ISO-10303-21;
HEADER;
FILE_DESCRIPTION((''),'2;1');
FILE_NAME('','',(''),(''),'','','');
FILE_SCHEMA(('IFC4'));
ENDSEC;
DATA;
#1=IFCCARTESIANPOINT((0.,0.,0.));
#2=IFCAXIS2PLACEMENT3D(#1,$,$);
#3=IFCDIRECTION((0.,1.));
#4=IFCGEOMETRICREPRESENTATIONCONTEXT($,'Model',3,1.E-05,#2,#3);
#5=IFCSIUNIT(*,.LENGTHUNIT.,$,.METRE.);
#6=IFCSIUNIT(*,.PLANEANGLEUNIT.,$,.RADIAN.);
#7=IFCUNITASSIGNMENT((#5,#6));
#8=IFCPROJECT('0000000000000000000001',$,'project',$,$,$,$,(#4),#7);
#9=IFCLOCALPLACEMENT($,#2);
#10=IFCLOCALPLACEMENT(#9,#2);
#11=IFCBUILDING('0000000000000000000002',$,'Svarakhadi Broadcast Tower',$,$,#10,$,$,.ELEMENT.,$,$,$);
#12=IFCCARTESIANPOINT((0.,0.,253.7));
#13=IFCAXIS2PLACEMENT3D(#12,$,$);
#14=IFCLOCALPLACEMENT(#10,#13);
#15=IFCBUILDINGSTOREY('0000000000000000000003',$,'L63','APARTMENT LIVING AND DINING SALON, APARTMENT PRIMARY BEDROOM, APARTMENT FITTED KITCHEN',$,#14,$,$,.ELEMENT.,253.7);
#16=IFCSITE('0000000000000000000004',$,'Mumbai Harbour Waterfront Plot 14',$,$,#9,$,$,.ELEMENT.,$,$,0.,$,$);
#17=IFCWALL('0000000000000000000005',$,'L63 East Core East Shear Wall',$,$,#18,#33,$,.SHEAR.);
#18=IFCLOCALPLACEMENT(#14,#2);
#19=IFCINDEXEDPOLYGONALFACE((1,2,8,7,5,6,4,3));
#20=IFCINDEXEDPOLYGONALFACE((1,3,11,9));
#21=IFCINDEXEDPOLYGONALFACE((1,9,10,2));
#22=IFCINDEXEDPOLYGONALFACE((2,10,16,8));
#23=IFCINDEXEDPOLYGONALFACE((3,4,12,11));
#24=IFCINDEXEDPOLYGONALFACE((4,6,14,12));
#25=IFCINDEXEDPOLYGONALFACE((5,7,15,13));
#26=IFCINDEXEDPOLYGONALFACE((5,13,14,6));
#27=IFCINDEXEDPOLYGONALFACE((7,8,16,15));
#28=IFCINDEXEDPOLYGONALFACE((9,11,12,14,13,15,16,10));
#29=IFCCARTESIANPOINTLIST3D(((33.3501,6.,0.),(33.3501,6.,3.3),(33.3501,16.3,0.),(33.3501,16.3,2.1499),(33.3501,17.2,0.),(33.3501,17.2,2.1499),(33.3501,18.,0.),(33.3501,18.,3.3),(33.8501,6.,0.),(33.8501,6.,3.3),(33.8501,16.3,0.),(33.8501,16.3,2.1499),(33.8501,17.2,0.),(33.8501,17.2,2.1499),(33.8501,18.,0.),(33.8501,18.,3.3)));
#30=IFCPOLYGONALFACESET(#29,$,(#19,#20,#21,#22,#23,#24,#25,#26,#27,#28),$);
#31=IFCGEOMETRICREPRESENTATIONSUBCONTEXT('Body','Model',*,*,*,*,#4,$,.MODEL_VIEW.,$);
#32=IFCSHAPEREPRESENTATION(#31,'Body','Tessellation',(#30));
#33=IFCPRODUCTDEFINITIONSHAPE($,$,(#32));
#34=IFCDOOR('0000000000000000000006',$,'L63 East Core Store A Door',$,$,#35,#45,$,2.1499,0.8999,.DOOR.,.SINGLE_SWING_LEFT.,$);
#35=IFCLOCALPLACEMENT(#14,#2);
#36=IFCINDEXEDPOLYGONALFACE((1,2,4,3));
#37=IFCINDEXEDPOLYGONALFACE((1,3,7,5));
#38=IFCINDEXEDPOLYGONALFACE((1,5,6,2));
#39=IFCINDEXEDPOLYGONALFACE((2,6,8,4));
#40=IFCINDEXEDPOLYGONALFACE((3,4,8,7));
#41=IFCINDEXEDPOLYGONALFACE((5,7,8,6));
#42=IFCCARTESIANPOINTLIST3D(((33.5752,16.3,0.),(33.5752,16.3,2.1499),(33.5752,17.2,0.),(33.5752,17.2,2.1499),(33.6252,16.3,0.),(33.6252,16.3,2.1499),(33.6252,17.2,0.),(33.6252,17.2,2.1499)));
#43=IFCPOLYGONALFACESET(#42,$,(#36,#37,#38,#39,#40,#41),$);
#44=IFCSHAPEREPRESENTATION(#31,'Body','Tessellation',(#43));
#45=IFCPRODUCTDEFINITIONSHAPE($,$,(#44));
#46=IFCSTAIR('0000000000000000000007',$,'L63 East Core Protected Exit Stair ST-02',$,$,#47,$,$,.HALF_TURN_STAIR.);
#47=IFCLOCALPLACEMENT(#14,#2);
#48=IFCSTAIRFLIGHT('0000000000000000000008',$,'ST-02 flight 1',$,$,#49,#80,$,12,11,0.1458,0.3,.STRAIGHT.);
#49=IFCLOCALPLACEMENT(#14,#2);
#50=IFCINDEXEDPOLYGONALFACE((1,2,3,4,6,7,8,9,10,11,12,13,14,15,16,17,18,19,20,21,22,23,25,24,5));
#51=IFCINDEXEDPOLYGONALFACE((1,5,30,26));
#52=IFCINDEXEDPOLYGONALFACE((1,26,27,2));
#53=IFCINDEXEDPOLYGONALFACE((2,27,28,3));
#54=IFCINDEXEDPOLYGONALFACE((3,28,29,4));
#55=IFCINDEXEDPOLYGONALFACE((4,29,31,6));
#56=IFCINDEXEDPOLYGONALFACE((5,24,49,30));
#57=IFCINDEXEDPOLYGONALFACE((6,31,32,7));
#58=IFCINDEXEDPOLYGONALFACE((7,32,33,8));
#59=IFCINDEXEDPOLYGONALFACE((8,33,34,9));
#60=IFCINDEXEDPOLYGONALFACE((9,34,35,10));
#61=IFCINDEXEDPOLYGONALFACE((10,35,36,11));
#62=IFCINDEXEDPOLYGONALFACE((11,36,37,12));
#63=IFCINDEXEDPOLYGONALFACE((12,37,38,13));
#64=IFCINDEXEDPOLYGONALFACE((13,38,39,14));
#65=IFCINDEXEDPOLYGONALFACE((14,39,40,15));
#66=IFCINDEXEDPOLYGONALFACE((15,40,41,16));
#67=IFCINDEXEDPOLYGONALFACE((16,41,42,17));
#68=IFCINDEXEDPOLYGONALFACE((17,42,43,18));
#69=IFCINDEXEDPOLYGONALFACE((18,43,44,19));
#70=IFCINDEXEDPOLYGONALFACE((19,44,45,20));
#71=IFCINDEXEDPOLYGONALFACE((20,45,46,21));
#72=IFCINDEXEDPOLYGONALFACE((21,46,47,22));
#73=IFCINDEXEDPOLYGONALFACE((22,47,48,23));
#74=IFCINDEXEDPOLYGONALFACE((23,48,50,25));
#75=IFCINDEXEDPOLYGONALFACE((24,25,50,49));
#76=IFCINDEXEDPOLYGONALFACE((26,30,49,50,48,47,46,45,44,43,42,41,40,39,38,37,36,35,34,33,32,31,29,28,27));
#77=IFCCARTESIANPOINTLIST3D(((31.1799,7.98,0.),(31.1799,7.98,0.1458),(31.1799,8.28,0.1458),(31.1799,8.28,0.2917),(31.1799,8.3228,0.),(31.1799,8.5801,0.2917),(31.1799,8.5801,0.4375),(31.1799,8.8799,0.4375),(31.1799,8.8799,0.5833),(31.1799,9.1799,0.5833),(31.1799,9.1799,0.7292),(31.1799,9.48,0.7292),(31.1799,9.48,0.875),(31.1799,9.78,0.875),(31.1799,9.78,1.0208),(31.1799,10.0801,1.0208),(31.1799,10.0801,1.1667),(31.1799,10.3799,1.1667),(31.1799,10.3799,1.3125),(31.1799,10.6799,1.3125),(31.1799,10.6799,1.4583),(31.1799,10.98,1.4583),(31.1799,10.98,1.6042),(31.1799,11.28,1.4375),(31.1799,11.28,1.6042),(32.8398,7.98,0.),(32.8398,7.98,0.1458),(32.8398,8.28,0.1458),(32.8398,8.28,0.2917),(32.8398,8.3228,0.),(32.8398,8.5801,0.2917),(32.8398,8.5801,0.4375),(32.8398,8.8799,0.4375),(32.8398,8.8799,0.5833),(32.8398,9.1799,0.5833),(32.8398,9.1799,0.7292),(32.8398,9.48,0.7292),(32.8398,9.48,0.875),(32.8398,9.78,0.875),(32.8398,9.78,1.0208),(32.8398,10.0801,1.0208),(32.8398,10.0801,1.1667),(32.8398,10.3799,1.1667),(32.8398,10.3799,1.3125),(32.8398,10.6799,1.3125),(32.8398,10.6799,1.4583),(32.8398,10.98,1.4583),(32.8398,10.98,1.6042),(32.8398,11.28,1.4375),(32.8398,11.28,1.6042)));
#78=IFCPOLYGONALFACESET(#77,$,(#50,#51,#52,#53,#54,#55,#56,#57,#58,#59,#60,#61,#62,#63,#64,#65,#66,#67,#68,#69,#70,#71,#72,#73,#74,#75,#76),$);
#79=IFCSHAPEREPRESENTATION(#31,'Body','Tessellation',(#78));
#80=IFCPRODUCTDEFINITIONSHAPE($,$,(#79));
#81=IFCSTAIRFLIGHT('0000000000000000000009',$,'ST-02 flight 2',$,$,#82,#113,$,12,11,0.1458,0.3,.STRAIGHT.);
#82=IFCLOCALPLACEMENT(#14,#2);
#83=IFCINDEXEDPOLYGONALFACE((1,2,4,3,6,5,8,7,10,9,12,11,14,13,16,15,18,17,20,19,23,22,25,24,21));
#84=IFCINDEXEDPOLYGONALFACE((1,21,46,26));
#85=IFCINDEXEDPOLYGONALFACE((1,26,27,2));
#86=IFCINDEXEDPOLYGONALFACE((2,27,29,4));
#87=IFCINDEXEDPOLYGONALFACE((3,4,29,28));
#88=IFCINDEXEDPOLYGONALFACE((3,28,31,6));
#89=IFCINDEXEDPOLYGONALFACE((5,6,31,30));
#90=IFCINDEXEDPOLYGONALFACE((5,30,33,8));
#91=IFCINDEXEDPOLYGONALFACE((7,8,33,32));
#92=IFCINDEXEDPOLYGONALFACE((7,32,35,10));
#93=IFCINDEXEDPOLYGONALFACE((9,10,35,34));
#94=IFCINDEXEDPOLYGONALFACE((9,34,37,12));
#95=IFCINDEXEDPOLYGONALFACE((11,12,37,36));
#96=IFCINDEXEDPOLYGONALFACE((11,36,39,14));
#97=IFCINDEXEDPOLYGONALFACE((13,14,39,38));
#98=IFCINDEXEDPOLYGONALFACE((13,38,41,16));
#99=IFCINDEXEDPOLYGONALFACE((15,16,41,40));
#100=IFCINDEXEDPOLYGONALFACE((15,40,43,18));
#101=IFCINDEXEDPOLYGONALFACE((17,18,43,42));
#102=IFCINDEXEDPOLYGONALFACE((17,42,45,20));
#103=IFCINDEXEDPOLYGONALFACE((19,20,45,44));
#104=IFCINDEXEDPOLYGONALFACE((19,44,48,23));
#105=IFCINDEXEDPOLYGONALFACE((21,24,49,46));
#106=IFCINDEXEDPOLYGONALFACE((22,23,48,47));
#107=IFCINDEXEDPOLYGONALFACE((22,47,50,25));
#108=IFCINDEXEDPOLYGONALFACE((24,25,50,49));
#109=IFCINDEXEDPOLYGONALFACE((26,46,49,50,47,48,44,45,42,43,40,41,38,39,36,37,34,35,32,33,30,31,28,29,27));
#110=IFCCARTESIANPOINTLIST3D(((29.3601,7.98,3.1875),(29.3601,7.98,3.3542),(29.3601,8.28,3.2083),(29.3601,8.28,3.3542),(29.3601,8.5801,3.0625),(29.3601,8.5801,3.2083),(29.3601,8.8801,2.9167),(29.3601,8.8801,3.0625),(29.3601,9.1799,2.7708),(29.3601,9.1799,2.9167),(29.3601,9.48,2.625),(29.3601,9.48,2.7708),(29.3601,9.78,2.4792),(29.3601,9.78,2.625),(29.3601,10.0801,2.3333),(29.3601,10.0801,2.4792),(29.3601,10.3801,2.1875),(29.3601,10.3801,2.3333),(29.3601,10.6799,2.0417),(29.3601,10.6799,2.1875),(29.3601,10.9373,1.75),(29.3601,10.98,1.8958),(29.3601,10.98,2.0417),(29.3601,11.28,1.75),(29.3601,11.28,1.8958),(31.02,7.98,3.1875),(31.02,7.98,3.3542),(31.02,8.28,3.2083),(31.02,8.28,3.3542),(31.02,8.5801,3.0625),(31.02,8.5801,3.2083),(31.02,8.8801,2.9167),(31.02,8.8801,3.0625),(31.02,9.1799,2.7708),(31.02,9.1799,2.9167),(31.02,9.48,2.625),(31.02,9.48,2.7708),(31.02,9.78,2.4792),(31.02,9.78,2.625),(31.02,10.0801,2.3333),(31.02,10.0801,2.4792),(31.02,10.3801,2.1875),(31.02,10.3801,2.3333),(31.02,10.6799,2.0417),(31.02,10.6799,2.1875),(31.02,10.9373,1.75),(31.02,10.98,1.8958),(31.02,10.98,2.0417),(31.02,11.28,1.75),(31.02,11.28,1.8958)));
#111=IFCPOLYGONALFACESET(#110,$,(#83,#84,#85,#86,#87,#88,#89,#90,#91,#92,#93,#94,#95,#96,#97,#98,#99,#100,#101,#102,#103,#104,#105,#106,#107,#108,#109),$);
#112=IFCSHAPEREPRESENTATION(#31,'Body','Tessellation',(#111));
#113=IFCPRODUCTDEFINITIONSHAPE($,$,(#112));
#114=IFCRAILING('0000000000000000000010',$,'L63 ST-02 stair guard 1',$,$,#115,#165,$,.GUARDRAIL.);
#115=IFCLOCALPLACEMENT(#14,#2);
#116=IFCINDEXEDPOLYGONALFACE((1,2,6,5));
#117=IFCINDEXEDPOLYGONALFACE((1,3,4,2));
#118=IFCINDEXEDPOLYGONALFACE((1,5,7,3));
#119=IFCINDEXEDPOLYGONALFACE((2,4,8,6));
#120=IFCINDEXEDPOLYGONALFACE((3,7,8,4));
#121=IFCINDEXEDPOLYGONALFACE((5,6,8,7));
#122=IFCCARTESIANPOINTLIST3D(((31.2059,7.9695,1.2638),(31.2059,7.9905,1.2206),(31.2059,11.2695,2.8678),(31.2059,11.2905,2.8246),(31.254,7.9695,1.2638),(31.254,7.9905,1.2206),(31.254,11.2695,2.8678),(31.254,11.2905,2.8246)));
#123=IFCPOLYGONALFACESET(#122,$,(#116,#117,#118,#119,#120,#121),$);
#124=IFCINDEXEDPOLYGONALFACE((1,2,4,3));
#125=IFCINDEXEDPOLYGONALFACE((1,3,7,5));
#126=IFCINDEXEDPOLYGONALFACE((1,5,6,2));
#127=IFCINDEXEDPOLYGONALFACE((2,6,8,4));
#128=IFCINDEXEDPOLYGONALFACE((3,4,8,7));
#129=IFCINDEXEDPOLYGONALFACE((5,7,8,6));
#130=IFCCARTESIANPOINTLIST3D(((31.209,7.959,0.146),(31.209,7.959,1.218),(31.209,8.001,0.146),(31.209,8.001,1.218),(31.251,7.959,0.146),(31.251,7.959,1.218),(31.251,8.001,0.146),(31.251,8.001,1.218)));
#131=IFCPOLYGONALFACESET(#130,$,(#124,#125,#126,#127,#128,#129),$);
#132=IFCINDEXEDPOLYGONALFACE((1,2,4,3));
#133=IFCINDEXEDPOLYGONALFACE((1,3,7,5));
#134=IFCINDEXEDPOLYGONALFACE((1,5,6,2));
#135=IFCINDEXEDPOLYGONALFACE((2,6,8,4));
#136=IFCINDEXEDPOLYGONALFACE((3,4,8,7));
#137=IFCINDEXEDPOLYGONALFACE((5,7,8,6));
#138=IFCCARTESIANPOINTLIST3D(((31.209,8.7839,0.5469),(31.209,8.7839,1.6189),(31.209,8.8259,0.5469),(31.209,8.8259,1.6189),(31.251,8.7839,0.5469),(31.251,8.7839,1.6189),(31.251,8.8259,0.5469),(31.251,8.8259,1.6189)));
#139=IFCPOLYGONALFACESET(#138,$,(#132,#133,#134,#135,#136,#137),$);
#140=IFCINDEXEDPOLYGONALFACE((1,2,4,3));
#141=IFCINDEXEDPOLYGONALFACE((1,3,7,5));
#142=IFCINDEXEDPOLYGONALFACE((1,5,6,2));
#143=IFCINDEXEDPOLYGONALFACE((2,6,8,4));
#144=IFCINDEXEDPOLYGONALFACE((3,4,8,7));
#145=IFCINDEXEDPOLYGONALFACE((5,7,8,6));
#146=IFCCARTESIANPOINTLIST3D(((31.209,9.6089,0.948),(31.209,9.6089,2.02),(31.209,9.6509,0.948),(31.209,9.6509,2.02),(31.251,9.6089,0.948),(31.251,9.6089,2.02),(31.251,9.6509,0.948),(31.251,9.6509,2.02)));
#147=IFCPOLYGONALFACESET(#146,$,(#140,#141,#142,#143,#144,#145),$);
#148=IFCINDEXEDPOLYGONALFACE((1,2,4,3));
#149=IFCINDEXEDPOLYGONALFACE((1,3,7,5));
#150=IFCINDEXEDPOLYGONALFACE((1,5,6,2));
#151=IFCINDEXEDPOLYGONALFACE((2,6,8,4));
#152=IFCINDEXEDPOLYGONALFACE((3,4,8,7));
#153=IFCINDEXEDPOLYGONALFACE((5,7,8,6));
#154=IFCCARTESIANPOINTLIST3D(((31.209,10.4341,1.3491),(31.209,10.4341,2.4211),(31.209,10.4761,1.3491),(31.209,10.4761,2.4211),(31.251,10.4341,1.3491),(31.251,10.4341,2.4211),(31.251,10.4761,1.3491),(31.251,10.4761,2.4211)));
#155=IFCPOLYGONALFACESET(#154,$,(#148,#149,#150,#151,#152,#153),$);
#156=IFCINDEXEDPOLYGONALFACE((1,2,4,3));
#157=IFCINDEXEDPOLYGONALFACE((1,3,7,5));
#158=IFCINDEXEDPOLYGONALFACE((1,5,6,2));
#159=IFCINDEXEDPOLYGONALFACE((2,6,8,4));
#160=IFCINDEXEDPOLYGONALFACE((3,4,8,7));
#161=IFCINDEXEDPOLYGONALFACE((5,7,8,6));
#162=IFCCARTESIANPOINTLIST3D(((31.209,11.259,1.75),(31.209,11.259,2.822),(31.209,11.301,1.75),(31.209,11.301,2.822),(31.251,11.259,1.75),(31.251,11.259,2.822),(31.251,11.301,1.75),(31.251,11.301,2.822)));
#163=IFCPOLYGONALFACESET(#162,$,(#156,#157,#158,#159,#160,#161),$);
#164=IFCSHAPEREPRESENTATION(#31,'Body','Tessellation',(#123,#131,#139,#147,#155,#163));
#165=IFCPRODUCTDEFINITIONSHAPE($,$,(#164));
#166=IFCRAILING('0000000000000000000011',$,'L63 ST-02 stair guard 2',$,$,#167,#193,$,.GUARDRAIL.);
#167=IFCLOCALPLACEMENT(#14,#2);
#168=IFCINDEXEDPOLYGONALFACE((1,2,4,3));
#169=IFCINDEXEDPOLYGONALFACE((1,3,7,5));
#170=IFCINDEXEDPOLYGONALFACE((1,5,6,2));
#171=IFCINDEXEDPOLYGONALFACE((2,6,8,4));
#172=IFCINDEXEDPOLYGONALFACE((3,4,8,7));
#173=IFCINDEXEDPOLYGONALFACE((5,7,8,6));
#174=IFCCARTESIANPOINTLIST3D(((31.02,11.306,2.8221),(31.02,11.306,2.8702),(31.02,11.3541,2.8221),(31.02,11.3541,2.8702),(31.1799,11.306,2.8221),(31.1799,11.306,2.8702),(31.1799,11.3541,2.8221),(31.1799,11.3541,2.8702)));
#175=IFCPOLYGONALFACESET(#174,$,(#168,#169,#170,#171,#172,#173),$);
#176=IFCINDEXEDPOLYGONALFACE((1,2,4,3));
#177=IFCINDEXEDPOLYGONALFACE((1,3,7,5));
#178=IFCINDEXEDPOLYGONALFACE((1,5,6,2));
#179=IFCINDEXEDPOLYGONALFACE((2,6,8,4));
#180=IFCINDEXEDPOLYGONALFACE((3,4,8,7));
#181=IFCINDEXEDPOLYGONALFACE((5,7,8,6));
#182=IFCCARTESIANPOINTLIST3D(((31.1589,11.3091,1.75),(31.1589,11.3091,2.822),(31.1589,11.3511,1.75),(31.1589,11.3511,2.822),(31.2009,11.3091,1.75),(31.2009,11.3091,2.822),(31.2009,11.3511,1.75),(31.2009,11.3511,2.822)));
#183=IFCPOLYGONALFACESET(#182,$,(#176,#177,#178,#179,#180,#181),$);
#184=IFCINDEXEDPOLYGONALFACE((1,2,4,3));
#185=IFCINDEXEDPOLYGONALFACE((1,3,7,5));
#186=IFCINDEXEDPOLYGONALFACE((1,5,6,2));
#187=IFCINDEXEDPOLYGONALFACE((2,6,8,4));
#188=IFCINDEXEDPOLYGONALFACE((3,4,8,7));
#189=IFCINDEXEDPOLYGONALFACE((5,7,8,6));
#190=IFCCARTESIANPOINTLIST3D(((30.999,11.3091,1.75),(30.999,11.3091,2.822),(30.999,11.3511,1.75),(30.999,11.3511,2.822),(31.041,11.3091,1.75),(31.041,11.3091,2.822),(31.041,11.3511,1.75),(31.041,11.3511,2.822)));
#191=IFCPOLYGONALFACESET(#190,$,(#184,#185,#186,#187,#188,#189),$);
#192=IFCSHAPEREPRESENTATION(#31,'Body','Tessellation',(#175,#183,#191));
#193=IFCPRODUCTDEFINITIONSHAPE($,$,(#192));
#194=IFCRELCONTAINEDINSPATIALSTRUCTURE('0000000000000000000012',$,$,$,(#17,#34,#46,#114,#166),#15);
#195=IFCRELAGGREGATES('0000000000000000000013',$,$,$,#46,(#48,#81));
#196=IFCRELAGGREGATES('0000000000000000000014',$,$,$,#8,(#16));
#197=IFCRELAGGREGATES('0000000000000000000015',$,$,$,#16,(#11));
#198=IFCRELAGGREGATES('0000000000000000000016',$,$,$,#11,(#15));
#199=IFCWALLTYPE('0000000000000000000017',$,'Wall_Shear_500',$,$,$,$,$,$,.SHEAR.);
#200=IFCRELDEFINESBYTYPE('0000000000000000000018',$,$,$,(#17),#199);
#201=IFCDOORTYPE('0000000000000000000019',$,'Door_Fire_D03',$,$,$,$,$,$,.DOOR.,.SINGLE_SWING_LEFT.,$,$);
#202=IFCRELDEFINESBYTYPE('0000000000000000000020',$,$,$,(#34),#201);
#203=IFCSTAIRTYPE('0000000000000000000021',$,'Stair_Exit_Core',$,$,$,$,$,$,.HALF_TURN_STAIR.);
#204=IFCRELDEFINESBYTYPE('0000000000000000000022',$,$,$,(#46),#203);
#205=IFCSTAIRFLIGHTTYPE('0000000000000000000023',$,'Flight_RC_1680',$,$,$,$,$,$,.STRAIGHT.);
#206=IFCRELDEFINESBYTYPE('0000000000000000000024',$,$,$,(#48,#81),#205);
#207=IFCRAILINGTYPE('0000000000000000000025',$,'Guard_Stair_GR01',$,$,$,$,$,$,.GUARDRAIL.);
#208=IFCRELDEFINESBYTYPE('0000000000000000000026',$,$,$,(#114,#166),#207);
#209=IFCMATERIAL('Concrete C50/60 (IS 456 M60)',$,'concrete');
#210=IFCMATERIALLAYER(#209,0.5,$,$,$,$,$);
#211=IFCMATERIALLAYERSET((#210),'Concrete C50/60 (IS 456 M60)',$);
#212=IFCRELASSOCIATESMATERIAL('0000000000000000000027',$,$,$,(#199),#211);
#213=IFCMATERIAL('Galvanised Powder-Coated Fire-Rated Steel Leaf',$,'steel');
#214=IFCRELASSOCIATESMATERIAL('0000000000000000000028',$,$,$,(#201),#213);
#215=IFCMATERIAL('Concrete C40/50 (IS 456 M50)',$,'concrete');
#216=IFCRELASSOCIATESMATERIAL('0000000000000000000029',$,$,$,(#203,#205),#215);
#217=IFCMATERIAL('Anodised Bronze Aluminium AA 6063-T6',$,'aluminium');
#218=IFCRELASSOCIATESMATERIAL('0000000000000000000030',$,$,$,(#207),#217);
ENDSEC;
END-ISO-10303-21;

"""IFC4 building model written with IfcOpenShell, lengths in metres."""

from ifc_helpers import new_model, si_unit, direction, frame, frame_2d, origin, origin_2d, place, context, subcontext, project, spatial, polyline, rectangle, outline, extrude, material, layer, layer_set, type_object, element, fill, aggregate, save


model = new_model("IFC4")

# Units and contexts
model_context = context("Model", 3, precision=1e-05, world=origin(), true_north=direction((0.0, 1.0)))
body_context = subcontext(model_context, "Body", "Model", "MODEL_VIEW")
ifc_project = project(units=[si_unit("LENGTHUNIT", "METRE"), si_unit("PLANEANGLEUNIT", "RADIAN")], contexts=[model_context])

# Site, building, storey
site_placement = place(None, origin())
site = spatial("IfcSite", under=ifc_project, at=site_placement, Name="Mumbai Harbour Waterfront Plot 14", CompositionType="ELEMENT", RefElevation=0.0)
building_placement = place(site_placement, origin())
building = spatial("IfcBuilding", under=site, at=building_placement, Name="Svarakhadi Broadcast Tower", CompositionType="ELEMENT")
storey_placement = place(building_placement, frame((0.0, 0.0, 253.7)))
storey = spatial("IfcBuildingStorey", under=building, at=storey_placement, Name="L63", Description="APARTMENT LIVING AND DINING SALON, APARTMENT PRIMARY BEDROOM, APARTMENT FITTED KITCHEN", CompositionType="ELEMENT", Elevation=253.7)

# Shared definitions
ifc_material_1 = material(Name="Concrete C50/60 (IS 456 M60)", Category="concrete")

# Shared definitions
ifc_material_2 = material(Name="Anodised Bronze Aluminium AA 6063-T6", Category="aluminium")

# Shared definitions
ifc_material_3 = material(Name="Concrete C40/50 (IS 456 M50)", Category="concrete")

# Shared definitions
ifc_material_4 = material(Name="Galvanised Powder-Coated Fire-Rated Steel Leaf", Category="steel")

# Wall, opening, door
ifc_layer_1 = layer(ifc_material_1, 0.5)
ifc_layer_set_1 = layer_set([ifc_layer_1], Name="Concrete C50/60 (IS 456 M60)")
wall_type_1 = type_object("IfcWallType", Name="Wall_Shear_500", PredefinedType="SHEAR", material=ifc_layer_set_1)
wall_1_placement = place(storey_placement, frame((33.6001, 6.0, 0.0), z_axis=(0.0, 0.0, 1.0), x_axis=(0.0, 1.0, 0.0)))
wall_1 = element("IfcWall", 1, at=wall_1_placement, inside=storey, type_object=wall_type_1, Name="L63 East Core East Shear Wall", PredefinedType="SHEAR", context=body_context, shape_type="SweptSolid", body=[
    extrude(rectangle(XDim=12.0, YDim=0.5, at=frame_2d((6.0, 0.0))), origin(), (0.0, 0.0, 1.0), 3.3),
])
opening_1_placement = place(wall_1_placement, frame((10.3, 0.0, 0.0)))
opening_1 = element("IfcOpeningElement", 2, at=opening_1_placement, cuts=wall_1, PredefinedType="OPENING", context=body_context, shape_type="SweptSolid", body=[
    extrude(rectangle(XDim=0.8999, YDim=2.1499, at=frame_2d((0.45, 1.075))), frame((0.0, 0.26, 0.0), z_axis=(0.0, -1.0, 0.0), x_axis=(1.0, 0.0, 0.0)), (0.0, 0.0, 1.0), 0.52),
])
door_type_1 = type_object("IfcDoorType", Name="Door_Fire_D03", OperationType="SINGLE_SWING_LEFT", PredefinedType="DOOR", material=ifc_material_4)
door_1_placement = place(opening_1_placement, origin())
door_1 = element("IfcDoor", 3, at=door_1_placement, inside=storey, type_object=door_type_1, Name="L63 East Core Store A Door", OperationType="SINGLE_SWING_LEFT", OverallHeight=2.1499, OverallWidth=0.8999, PredefinedType="DOOR", context=body_context, shape_type="SweptSolid", body=[
    extrude(rectangle(XDim=0.8999, YDim=2.1499, at=frame_2d((0.45, 1.075))), frame((0.0, 0.0249, 0.0), z_axis=(0.0, -1.0, 0.0), x_axis=(1.0, 0.0, 0.0)), (0.0, 0.0, 1.0), 0.05),
])
fill(opening_1, door_1)

# Stair, stair flights
stair_type = type_object("IfcStairType", Name="Stair_Exit_Core", PredefinedType="HALF_TURN_STAIR", material=ifc_material_3)
stair_placement = place(storey_placement, origin())
stair = element("IfcStair", 4, at=stair_placement, inside=storey, type_object=stair_type, Name="L63 East Core Protected Exit Stair ST-02", PredefinedType="HALF_TURN_STAIR")
stair_flight_type = type_object("IfcStairFlightType", Name="Flight_RC_1680", PredefinedType="STRAIGHT", material=ifc_material_3)
stair_flight_1_placement = place(storey_placement, frame((32.01, 7.98, 0.0), z_axis=(0.0, 0.0, 1.0), x_axis=(0.0, 1.0, 0.0)))
stair_flight_1 = element("IfcStairFlight", 5, at=stair_flight_1_placement, type_object=stair_flight_type, Name="ST-02 flight 1", NumberOfRisers=12, NumberOfTreads=11, PredefinedType="STRAIGHT", RiserHeight=0.1458, TreadLength=0.3, context=body_context, shape_type="SweptSolid", body=[
    extrude(outline(polyline([(0.0, 0.0), (0.0, 0.1458), (0.3, 0.1458), (0.3, 0.2917), (0.6001, 0.2917), (0.6001, 0.4375), (0.8999, 0.4375), (0.8999, 0.5833), (1.2, 0.5833), (1.2, 0.7292), (1.5, 0.7292), (1.5, 0.875), (1.8, 0.875), (1.8, 1.0208), (2.1001, 1.0208), (2.1001, 1.1667), (2.3999, 1.1667), (2.3999, 1.3125), (2.7, 1.3125), (2.7, 1.4583), (3.0, 1.4583), (3.0, 1.6042), (3.3, 1.6042), (3.3, 1.75), (3.3, 1.4375), (0.3428, 0.0), (0.0, 0.0)])), frame((0.0, 0.8301, 0.0), z_axis=(0.0, -1.0, 0.0), x_axis=(1.0, 0.0, 0.0)), (0.0, 0.0, 1.0), 1.6599),
])
stair_flight_2_placement = place(storey_placement, frame((30.1899, 11.28, 1.75), z_axis=(0.0, 0.0, 1.0), x_axis=(0.0, -1.0, 0.0)))
stair_flight_2 = element("IfcStairFlight", 6, at=stair_flight_2_placement, type_object=stair_flight_type, Name="ST-02 flight 2", NumberOfRisers=12, NumberOfTreads=11, PredefinedType="STRAIGHT", RiserHeight=0.1458, TreadLength=0.3, context=body_context, shape_type="SweptSolid", body=[
    extrude(outline(polyline([(0.0, 0.0), (0.0, 0.1458), (0.3, 0.1458), (0.3, 0.2917), (0.6001, 0.2917), (0.6001, 0.4375), (0.8999, 0.4375), (0.8999, 0.5833), (1.2, 0.5833), (1.2, 0.7292), (1.5, 0.7292), (1.5, 0.875), (1.8, 0.875), (1.8, 1.0208), (2.1001, 1.0208), (2.1001, 1.1667), (2.3999, 1.1667), (2.3999, 1.3125), (2.7, 1.3125), (2.7, 1.4583), (3.0, 1.4583), (3.0, 1.6042), (3.3, 1.6042), (3.3, 1.75), (3.3, 1.4375), (0.3428, 0.0), (0.0, 0.0)])), frame((0.0, 0.8301, 0.0), z_axis=(0.0, -1.0, 0.0), x_axis=(1.0, 0.0, 0.0)), (0.0, 0.0, 1.0), 1.6599),
])
aggregate(stair, [stair_flight_1, stair_flight_2])

# Railings
railing_type_1 = type_object("IfcRailingType", Name="Guard_Stair_GR01", PredefinedType="GUARDRAIL", material=ifc_material_2)
railing_1_placement = place(storey_placement, frame((31.23, 7.98, 0.146)))
element("IfcRailing", 7, at=railing_1_placement, inside=storey, type_object=railing_type_1, Name="L63 ST-02 stair guard 1", PredefinedType="GUARDRAIL", context=body_context, shape_type="SweptSolid", body=[
    extrude(rectangle(XDim=0.0481, YDim=0.0481, at=origin_2d()), frame((0.0, 0.0, 1.0962), z_axis=(0.0, 0.899388, 0.437152), x_axis=(-1.0, 0.0, 0.0)), (0.0, 0.0, 1.0), 3.6692),
    extrude(rectangle(XDim=0.042, YDim=0.042, at=origin_2d()), origin(), (0.0, 0.0, 1.0), 1.072),
    extrude(rectangle(XDim=0.042, YDim=0.042, at=origin_2d()), frame((0.0, 0.825, 0.4009)), (0.0, 0.0, 1.0), 1.072),
    extrude(rectangle(XDim=0.042, YDim=0.042, at=origin_2d()), frame((0.0, 1.6499, 0.802)), (0.0, 0.0, 1.0), 1.072),
    extrude(rectangle(XDim=0.042, YDim=0.042, at=origin_2d()), frame((0.0, 2.4751, 1.2031)), (0.0, 0.0, 1.0), 1.072),
    extrude(rectangle(XDim=0.042, YDim=0.042, at=origin_2d()), frame((0.0, 3.3, 1.604)), (0.0, 0.0, 1.0), 1.072),
])
railing_2_placement = place(storey_placement, frame((31.1799, 11.3301, 1.75)))
element("IfcRailing", 8, at=railing_2_placement, inside=storey, type_object=railing_type_1, Name="L63 ST-02 stair guard 2", PredefinedType="GUARDRAIL", context=body_context, shape_type="SweptSolid", body=[
    extrude(rectangle(XDim=0.0481, YDim=0.0481, at=origin_2d()), frame((0.0, 0.0, 1.0962), z_axis=(-1.0, 0.0, 0.0), x_axis=(0.0, -1.0, 0.0)), (0.0, 0.0, 1.0), 0.1599),
    extrude(rectangle(XDim=0.042, YDim=0.042, at=origin_2d()), origin(), (0.0, 0.0, 1.0), 1.072),
    extrude(rectangle(XDim=0.042, YDim=0.042, at=origin_2d()), frame((-0.1599, 0.0, 0.0)), (0.0, 0.0, 1.0), 1.072),
])

save(model, "model.ifc")
